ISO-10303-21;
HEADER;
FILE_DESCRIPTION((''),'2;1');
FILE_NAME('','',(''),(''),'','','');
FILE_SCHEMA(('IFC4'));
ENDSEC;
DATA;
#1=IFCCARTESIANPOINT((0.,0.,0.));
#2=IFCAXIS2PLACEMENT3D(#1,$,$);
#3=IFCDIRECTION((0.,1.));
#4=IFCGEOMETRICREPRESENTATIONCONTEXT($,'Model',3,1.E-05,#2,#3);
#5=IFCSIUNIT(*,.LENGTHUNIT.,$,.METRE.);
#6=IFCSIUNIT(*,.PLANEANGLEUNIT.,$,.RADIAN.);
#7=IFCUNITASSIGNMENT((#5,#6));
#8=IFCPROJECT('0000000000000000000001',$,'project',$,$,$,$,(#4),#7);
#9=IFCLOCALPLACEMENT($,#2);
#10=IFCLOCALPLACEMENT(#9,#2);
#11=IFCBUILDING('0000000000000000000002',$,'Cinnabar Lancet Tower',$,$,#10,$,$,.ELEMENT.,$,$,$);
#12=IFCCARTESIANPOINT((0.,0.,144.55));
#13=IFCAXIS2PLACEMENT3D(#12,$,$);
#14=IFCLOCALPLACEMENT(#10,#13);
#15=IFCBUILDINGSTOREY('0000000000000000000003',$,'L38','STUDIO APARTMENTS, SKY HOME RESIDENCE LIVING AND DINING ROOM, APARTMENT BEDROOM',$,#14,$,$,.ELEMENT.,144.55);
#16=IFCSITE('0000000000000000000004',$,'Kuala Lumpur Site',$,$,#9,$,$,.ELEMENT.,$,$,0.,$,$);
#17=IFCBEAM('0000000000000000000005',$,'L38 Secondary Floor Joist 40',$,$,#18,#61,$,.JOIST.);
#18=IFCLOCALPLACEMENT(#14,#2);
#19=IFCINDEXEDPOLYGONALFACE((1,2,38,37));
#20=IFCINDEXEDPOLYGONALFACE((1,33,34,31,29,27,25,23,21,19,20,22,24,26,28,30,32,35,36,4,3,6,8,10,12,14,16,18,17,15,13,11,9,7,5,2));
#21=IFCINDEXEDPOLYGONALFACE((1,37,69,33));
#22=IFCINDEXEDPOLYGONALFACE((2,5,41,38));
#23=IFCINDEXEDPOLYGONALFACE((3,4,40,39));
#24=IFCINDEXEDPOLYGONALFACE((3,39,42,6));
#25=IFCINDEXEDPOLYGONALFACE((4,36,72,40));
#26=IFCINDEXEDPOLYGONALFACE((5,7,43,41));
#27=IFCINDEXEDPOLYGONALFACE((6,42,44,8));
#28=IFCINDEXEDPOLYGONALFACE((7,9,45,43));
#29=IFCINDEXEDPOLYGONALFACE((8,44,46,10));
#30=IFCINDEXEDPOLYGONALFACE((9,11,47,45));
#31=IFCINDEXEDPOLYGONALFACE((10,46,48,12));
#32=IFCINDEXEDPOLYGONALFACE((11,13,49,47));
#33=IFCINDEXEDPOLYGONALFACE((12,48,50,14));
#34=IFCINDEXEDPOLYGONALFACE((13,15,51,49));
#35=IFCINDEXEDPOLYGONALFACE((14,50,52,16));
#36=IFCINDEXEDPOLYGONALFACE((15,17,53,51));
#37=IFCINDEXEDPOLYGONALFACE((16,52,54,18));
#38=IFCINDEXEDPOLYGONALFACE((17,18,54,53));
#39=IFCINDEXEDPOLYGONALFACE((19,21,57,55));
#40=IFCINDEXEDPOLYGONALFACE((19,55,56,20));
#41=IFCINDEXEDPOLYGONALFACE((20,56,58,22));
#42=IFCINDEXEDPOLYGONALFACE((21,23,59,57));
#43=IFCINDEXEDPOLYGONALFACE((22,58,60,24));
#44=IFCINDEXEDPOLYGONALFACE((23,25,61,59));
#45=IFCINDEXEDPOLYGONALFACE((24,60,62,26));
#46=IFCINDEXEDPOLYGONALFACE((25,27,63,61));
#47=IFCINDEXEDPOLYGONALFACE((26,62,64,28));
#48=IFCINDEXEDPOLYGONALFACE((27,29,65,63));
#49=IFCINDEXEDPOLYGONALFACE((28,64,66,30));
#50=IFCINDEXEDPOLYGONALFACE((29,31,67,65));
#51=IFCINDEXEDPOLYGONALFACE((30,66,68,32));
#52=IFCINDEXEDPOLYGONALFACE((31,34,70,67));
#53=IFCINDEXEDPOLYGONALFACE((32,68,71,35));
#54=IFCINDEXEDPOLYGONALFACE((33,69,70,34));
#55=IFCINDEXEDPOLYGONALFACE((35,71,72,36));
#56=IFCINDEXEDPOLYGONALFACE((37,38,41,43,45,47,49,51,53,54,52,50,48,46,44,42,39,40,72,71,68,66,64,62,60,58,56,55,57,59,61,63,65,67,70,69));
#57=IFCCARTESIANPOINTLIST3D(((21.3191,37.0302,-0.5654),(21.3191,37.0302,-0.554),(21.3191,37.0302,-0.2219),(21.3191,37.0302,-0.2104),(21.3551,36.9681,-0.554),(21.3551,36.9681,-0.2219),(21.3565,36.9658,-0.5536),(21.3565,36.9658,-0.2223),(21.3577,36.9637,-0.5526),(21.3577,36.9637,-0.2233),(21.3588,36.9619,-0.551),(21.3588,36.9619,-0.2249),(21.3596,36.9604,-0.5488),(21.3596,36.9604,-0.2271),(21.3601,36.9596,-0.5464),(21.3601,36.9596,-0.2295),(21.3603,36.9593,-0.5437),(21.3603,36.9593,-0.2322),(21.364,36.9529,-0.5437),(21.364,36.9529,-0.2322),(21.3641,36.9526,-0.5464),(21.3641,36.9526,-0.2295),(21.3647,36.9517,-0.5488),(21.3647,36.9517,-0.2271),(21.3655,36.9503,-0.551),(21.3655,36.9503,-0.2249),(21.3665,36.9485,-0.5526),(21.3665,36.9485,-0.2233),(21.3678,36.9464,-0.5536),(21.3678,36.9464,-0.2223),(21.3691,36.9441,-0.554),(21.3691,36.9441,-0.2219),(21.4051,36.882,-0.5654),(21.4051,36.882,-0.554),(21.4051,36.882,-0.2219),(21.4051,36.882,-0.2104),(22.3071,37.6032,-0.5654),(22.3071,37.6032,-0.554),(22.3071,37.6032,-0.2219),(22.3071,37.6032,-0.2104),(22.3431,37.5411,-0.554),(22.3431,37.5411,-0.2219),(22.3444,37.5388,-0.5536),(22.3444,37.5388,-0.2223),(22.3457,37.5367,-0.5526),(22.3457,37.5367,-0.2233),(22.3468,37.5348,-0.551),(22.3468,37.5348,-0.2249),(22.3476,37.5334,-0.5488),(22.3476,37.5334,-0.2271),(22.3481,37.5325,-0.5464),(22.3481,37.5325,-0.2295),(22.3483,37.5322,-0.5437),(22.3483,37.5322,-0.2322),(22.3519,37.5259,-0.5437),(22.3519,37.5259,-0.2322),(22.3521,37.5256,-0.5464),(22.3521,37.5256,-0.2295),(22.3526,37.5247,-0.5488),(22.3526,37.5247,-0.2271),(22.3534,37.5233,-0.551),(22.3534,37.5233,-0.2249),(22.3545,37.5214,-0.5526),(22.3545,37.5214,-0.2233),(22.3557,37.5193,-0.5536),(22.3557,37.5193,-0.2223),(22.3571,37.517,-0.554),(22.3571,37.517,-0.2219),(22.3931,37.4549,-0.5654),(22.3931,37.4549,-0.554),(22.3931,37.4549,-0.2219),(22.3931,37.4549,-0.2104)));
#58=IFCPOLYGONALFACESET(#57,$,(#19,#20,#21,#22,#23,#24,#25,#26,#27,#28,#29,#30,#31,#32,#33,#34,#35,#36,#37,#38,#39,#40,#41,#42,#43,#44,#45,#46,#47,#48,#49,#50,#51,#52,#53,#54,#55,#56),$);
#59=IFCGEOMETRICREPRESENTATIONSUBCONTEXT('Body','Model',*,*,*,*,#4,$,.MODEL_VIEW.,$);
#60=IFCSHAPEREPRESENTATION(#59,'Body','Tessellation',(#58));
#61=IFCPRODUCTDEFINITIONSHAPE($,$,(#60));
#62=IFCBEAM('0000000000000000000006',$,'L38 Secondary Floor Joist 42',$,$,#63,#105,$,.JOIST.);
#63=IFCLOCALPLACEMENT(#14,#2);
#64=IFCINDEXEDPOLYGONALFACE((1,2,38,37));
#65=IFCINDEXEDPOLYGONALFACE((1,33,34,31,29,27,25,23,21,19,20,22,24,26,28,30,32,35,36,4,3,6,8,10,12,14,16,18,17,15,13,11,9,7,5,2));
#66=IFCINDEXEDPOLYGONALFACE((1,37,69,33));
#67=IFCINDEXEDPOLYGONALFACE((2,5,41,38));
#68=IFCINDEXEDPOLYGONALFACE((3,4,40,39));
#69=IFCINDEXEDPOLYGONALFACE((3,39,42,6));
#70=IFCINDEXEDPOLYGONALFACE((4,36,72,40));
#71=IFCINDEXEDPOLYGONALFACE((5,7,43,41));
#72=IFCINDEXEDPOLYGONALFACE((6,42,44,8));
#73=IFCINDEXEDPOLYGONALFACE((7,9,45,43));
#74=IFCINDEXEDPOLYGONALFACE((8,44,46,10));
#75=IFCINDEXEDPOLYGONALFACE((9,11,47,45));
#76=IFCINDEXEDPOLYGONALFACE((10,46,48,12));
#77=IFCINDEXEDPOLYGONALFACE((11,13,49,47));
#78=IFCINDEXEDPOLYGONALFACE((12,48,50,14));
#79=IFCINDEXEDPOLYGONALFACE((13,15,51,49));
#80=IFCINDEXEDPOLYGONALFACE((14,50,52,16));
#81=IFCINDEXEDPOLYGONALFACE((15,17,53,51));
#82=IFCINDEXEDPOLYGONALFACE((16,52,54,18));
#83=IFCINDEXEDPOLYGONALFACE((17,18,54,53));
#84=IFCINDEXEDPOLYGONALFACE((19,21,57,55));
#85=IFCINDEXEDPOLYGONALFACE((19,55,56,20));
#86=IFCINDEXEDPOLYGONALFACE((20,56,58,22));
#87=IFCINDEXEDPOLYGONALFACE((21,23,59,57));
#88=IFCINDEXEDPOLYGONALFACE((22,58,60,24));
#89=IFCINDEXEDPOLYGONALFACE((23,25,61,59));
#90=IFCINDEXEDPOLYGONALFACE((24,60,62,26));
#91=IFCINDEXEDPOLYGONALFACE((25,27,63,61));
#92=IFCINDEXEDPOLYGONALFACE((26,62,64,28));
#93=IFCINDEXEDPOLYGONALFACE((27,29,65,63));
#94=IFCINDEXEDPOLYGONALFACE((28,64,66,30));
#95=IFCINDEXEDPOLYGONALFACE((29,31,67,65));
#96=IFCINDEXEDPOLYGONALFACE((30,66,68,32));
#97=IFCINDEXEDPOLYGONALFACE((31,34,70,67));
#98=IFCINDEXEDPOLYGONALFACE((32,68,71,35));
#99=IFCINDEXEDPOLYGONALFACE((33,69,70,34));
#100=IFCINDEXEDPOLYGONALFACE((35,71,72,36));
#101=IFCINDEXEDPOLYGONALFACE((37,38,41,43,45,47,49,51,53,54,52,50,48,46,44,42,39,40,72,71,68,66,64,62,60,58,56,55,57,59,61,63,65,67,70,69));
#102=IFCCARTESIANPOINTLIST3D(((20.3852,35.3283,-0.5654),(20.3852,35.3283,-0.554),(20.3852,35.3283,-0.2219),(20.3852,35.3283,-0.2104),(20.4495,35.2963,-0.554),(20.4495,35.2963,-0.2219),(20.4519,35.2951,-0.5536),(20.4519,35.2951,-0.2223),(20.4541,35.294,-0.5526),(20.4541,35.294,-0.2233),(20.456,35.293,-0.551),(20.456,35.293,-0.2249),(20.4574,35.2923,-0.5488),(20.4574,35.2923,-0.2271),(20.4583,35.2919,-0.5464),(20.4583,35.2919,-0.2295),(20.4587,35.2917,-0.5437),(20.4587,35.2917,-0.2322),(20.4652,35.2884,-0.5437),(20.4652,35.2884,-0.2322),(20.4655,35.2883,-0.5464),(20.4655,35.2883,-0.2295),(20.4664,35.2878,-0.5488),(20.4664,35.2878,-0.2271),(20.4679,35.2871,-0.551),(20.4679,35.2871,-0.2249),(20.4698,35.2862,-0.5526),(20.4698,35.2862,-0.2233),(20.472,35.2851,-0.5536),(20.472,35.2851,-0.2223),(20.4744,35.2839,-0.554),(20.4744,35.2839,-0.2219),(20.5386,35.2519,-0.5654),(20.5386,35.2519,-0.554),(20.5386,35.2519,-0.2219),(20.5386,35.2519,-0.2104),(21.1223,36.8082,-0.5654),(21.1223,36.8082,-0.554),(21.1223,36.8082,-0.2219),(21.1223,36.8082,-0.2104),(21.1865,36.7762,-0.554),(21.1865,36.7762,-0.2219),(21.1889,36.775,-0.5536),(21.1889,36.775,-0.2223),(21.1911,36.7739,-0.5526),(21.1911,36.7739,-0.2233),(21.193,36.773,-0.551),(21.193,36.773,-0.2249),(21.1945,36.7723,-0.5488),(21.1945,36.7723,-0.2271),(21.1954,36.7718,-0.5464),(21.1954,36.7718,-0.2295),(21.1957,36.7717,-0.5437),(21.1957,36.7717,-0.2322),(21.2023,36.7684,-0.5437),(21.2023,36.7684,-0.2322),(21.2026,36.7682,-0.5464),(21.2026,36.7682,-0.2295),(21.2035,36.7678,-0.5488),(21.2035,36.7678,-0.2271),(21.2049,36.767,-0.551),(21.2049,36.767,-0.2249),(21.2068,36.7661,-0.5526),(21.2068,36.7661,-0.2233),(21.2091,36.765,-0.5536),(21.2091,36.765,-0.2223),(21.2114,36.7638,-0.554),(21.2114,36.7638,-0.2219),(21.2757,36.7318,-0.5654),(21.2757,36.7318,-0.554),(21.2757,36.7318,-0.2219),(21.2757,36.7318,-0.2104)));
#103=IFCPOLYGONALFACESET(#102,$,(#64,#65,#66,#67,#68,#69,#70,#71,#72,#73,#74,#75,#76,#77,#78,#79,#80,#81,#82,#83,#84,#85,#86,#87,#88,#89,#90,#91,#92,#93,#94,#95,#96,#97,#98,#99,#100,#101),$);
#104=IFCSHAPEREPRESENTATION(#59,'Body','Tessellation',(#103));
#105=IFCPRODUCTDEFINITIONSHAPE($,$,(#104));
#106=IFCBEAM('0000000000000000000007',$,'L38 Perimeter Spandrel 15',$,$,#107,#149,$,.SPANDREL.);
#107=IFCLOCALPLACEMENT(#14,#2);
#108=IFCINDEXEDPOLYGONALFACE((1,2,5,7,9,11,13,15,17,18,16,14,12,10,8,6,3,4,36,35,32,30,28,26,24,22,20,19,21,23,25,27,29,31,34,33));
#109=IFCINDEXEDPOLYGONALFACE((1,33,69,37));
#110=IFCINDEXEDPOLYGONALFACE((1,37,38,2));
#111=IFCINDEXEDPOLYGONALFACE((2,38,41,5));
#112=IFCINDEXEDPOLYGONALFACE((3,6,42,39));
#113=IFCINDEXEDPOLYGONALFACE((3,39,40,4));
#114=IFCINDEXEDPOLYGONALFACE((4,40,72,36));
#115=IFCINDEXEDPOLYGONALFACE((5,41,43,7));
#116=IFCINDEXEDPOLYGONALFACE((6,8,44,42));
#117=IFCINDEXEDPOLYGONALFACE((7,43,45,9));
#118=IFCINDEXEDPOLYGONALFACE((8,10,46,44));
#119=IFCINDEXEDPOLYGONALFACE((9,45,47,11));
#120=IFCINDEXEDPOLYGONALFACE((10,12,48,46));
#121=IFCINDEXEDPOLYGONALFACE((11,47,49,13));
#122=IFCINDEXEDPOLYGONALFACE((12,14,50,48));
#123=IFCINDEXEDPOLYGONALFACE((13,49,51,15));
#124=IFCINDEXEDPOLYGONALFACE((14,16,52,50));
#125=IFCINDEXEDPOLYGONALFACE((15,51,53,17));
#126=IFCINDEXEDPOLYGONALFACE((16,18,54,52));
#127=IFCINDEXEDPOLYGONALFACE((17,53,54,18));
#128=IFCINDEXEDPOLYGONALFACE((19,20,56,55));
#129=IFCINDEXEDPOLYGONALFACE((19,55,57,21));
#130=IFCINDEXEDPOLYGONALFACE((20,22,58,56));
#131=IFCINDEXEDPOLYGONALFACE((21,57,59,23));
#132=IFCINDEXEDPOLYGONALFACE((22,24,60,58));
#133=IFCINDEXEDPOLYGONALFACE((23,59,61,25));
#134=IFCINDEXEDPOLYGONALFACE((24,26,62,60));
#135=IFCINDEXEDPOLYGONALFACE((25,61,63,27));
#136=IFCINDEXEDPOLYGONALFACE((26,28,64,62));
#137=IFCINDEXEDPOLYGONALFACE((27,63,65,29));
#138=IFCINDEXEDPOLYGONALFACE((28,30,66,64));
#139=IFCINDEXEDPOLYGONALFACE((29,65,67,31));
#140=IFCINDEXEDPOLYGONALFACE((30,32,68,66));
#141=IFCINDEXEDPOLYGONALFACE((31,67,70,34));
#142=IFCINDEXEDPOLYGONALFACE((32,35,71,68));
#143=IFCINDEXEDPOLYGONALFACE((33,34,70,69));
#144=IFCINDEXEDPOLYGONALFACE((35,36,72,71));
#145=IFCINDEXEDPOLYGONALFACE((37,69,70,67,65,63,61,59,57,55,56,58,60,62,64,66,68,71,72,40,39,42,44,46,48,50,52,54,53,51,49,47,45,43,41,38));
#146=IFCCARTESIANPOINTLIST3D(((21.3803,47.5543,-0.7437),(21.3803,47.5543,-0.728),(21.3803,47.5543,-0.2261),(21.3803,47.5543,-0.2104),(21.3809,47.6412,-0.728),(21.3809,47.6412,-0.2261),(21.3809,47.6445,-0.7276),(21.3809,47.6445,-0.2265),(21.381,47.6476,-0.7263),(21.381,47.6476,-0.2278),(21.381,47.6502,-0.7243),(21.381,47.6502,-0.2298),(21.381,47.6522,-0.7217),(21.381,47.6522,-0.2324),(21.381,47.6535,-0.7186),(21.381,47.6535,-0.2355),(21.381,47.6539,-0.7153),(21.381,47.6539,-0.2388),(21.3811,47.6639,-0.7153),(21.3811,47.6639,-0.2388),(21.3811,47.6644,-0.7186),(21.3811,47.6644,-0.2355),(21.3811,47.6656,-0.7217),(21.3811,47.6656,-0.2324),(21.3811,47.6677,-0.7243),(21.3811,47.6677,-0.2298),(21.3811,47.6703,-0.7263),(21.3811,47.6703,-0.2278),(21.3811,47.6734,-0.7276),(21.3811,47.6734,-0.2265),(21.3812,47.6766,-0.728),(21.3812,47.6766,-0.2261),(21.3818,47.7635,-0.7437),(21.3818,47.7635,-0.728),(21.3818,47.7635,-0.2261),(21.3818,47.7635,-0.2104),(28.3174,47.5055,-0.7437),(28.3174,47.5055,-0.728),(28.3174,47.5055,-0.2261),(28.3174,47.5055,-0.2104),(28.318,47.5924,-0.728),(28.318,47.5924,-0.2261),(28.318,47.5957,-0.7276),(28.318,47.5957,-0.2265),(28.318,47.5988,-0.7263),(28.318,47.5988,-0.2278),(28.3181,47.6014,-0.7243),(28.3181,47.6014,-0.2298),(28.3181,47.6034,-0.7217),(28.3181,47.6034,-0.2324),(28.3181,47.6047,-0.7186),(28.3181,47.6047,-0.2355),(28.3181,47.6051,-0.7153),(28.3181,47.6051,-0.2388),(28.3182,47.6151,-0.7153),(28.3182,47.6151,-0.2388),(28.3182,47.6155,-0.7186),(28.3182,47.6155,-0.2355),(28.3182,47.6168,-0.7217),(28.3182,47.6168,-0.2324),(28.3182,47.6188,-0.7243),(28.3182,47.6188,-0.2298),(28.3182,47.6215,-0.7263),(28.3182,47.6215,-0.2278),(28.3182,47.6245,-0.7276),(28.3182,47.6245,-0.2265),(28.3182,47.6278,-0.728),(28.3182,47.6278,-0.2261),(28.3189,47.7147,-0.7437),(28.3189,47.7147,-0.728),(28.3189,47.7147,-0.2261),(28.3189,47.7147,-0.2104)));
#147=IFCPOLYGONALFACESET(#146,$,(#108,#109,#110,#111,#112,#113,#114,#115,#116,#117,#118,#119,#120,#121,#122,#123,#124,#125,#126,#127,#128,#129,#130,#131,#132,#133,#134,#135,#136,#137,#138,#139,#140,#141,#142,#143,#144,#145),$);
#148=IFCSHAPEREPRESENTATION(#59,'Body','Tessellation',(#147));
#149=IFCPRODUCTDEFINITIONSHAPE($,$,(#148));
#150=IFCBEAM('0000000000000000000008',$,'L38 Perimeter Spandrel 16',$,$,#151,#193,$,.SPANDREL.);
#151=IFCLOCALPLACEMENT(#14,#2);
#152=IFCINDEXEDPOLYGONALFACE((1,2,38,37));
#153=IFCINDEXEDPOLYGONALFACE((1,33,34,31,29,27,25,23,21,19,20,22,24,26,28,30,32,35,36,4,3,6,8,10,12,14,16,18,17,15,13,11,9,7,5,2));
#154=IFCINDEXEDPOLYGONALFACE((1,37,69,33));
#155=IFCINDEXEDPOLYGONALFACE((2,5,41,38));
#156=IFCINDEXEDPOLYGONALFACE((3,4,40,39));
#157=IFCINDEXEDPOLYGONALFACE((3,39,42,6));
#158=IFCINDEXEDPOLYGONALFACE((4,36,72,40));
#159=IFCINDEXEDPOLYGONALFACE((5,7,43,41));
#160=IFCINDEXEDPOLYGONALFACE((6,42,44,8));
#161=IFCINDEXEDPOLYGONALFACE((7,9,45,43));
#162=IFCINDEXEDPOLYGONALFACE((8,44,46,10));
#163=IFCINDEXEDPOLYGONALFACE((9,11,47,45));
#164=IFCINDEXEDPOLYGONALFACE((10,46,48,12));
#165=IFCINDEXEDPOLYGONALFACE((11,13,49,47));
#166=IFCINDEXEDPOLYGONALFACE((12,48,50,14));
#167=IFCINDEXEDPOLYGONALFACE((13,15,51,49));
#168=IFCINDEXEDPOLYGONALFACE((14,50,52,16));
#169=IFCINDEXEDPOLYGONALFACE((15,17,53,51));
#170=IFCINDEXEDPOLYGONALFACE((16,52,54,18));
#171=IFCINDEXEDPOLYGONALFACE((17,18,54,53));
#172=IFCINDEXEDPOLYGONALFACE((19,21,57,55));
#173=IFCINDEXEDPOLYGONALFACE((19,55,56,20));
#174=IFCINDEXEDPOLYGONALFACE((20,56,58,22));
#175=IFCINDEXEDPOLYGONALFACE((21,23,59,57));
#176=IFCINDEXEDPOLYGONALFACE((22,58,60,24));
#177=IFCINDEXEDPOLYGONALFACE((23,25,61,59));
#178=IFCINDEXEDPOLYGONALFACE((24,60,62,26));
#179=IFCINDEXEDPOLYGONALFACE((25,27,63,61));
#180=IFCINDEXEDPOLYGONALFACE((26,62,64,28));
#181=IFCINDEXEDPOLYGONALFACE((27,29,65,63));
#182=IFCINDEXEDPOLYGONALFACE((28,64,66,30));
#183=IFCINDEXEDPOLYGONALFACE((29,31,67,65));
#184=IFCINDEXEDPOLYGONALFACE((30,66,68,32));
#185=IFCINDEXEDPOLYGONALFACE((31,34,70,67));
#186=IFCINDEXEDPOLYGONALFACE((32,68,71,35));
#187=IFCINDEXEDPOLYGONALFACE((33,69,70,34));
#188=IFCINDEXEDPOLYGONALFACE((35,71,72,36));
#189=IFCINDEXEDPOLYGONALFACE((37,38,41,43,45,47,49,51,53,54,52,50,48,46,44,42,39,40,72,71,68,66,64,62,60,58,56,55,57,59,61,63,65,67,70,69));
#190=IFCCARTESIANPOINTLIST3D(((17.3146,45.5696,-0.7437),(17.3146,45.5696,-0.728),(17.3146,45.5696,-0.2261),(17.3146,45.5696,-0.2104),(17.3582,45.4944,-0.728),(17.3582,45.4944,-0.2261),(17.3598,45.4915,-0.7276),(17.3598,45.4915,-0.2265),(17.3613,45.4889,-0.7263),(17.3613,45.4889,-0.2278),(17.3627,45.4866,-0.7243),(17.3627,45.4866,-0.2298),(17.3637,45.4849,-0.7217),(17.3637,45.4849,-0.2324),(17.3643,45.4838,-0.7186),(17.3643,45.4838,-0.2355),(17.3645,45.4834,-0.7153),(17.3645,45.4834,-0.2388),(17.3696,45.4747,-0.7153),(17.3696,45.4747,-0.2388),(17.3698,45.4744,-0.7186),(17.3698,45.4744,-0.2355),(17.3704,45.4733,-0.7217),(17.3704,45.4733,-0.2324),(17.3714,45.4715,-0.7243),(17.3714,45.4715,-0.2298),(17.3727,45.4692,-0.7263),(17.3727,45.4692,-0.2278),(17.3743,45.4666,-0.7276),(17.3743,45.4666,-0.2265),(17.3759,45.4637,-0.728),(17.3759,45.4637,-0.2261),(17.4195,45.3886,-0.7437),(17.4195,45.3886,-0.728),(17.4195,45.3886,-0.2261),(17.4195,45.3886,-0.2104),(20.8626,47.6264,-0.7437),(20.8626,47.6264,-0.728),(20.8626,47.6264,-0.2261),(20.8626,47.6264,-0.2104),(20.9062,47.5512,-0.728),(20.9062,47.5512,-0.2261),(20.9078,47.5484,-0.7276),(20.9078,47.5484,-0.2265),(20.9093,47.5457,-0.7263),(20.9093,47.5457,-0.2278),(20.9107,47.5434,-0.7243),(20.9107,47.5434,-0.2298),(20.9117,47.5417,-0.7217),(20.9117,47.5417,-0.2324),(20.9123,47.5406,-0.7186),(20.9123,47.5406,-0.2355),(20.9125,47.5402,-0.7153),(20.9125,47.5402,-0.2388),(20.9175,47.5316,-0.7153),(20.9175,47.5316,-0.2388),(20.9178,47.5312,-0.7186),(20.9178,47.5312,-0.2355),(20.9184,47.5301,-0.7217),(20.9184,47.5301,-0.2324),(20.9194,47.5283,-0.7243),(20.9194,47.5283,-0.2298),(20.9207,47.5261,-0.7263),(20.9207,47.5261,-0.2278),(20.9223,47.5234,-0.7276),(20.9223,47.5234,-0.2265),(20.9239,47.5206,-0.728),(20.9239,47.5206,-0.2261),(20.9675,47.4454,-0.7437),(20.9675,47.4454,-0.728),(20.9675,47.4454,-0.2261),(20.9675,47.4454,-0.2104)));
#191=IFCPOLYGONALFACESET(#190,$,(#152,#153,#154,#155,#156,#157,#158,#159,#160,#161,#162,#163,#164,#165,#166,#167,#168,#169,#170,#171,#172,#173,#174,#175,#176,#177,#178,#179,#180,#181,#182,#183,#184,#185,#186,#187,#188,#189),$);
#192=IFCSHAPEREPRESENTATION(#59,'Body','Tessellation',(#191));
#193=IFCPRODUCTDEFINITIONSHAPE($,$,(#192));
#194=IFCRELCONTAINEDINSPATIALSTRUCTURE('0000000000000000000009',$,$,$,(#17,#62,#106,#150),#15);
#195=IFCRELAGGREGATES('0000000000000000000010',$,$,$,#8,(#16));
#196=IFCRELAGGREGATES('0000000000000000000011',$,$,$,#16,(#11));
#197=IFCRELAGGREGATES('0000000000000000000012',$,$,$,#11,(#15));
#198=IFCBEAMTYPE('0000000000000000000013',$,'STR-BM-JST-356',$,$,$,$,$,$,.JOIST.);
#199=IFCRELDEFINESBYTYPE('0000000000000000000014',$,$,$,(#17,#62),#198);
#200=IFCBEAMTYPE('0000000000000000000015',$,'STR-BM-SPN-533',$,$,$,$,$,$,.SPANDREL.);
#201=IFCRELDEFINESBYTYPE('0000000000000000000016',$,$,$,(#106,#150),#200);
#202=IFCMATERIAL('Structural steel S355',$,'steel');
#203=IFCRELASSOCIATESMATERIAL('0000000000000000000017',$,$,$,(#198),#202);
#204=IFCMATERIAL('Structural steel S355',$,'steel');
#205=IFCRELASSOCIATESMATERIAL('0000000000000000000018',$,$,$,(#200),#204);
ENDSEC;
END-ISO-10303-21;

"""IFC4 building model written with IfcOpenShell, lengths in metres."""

from ifc_helpers import new_model, si_unit, direction, frame, origin, origin_2d, place, context, subcontext, project, spatial, i_section, extrude, material, material_profile, profile_set, type_object, element, save


model = new_model("IFC4")

# Units and contexts
model_context = context("Model", 3, precision=1e-05, world=origin(), true_north=direction((0.0, 1.0)))
body_context = subcontext(model_context, "Body", "Model", "MODEL_VIEW")
ifc_project = project(units=[si_unit("LENGTHUNIT", "METRE"), si_unit("PLANEANGLEUNIT", "RADIAN")], contexts=[model_context])

# Site, building, storey
site_placement = place(None, origin())
site = spatial("IfcSite", under=ifc_project, at=site_placement, Name="Kuala Lumpur Site", CompositionType="ELEMENT", RefElevation=0.0)
building_placement = place(site_placement, origin())
building = spatial("IfcBuilding", under=site, at=building_placement, Name="Cinnabar Lancet Tower", CompositionType="ELEMENT")
storey_placement = place(building_placement, frame((0.0, 0.0, 144.55)))
storey = spatial("IfcBuildingStorey", under=building, at=storey_placement, Name="L38", Description="STUDIO APARTMENTS, SKY HOME RESIDENCE LIVING AND DINING ROOM, APARTMENT BEDROOM", CompositionType="ELEMENT", Elevation=144.55)

# Beams
ifc_material_1 = material(Name="Structural steel S355", Category="steel")
ifc_material_profile_1 = material_profile(ifc_material_1, i_section(OverallWidth=0.1714, OverallDepth=0.355, WebThickness=0.0073, FlangeThickness=0.0115, FilletRadius=0.0103, at=origin_2d()), Name="UKB 356x171x51")
ifc_profile_set_1 = profile_set([ifc_material_profile_1], Name="Structural steel S355")
beam_type_1 = type_object("IfcBeamType", Name="STR-BM-JST-356", PredefinedType="JOIST", material=ifc_profile_set_1)
beam_1_placement = place(storey_placement, frame((22.3501, 37.5291, -0.3879), z_axis=(-0.865055, -0.501677, 0.0), x_axis=(0.501677, -0.865055, 0.0)))
element("IfcBeam", 1, at=beam_1_placement, inside=storey, type_object=beam_type_1, Name="L38 Secondary Floor Joist 40", PredefinedType="JOIST", context=body_context, shape_type="SweptSolid", body=[
    extrude(i_section(OverallWidth=0.1714, OverallDepth=0.355, WebThickness=0.0073, FlangeThickness=0.0115, FilletRadius=0.0103, at=origin_2d()), origin(), (0.0, 0.0, 1.0), 1.1421),
])
beam_2_placement = place(storey_placement, frame((21.199, 36.77, -0.3879), z_axis=(-0.445795, -0.895135, 0.0), x_axis=(0.895135, -0.445795, 0.0)))
element("IfcBeam", 2, at=beam_2_placement, inside=storey, type_object=beam_type_1, Name="L38 Secondary Floor Joist 42", PredefinedType="JOIST", context=body_context, shape_type="SweptSolid", body=[
    extrude(i_section(OverallWidth=0.1714, OverallDepth=0.355, WebThickness=0.0073, FlangeThickness=0.0115, FilletRadius=0.0103, at=origin_2d()), origin(), (0.0, 0.0, 1.0), 1.6533),
])
ifc_material_2 = material(Name="Structural steel S355", Category="steel")
ifc_material_profile_2 = material_profile(ifc_material_2, i_section(OverallWidth=0.2092, OverallDepth=0.5332, WebThickness=0.01, FlangeThickness=0.0156, FilletRadius=0.0127, at=origin_2d()), Name="UKB 533x210x92")
ifc_profile_set_2 = profile_set([ifc_material_profile_2], Name="Structural steel S355")
beam_type_2 = type_object("IfcBeamType", Name="STR-BM-SPN-533", PredefinedType="SPANDREL", material=ifc_profile_set_2)
beam_3_placement = place(storey_placement, frame((28.3181, 47.6101, -0.4771), z_axis=(-0.999975, 0.007039, 0.0), x_axis=(-0.007039, -0.999975, 0.0)))
element("IfcBeam", 3, at=beam_3_placement, inside=storey, type_object=beam_type_2, Name="L38 Perimeter Spandrel 15", PredefinedType="SPANDREL", context=body_context, shape_type="SweptSolid", body=[
    extrude(i_section(OverallWidth=0.2092, OverallDepth=0.5332, WebThickness=0.01, FlangeThickness=0.0156, FilletRadius=0.0127, at=origin_2d()), origin(), (0.0, 0.0, 1.0), 6.9373),
])
beam_4_placement = place(storey_placement, frame((20.915, 47.5359, -0.4771), z_axis=(-0.865138, -0.501534, 0.0), x_axis=(0.501534, -0.865138, 0.0)))
element("IfcBeam", 4, at=beam_4_placement, inside=storey, type_object=beam_type_2, Name="L38 Perimeter Spandrel 16", PredefinedType="SPANDREL", context=body_context, shape_type="SweptSolid", body=[
    extrude(i_section(OverallWidth=0.2092, OverallDepth=0.5332, WebThickness=0.01, FlangeThickness=0.0156, FilletRadius=0.0127, at=origin_2d()), origin(), (0.0, 0.0, 1.0), 4.1011),
])

save(model, "model.ifc")
